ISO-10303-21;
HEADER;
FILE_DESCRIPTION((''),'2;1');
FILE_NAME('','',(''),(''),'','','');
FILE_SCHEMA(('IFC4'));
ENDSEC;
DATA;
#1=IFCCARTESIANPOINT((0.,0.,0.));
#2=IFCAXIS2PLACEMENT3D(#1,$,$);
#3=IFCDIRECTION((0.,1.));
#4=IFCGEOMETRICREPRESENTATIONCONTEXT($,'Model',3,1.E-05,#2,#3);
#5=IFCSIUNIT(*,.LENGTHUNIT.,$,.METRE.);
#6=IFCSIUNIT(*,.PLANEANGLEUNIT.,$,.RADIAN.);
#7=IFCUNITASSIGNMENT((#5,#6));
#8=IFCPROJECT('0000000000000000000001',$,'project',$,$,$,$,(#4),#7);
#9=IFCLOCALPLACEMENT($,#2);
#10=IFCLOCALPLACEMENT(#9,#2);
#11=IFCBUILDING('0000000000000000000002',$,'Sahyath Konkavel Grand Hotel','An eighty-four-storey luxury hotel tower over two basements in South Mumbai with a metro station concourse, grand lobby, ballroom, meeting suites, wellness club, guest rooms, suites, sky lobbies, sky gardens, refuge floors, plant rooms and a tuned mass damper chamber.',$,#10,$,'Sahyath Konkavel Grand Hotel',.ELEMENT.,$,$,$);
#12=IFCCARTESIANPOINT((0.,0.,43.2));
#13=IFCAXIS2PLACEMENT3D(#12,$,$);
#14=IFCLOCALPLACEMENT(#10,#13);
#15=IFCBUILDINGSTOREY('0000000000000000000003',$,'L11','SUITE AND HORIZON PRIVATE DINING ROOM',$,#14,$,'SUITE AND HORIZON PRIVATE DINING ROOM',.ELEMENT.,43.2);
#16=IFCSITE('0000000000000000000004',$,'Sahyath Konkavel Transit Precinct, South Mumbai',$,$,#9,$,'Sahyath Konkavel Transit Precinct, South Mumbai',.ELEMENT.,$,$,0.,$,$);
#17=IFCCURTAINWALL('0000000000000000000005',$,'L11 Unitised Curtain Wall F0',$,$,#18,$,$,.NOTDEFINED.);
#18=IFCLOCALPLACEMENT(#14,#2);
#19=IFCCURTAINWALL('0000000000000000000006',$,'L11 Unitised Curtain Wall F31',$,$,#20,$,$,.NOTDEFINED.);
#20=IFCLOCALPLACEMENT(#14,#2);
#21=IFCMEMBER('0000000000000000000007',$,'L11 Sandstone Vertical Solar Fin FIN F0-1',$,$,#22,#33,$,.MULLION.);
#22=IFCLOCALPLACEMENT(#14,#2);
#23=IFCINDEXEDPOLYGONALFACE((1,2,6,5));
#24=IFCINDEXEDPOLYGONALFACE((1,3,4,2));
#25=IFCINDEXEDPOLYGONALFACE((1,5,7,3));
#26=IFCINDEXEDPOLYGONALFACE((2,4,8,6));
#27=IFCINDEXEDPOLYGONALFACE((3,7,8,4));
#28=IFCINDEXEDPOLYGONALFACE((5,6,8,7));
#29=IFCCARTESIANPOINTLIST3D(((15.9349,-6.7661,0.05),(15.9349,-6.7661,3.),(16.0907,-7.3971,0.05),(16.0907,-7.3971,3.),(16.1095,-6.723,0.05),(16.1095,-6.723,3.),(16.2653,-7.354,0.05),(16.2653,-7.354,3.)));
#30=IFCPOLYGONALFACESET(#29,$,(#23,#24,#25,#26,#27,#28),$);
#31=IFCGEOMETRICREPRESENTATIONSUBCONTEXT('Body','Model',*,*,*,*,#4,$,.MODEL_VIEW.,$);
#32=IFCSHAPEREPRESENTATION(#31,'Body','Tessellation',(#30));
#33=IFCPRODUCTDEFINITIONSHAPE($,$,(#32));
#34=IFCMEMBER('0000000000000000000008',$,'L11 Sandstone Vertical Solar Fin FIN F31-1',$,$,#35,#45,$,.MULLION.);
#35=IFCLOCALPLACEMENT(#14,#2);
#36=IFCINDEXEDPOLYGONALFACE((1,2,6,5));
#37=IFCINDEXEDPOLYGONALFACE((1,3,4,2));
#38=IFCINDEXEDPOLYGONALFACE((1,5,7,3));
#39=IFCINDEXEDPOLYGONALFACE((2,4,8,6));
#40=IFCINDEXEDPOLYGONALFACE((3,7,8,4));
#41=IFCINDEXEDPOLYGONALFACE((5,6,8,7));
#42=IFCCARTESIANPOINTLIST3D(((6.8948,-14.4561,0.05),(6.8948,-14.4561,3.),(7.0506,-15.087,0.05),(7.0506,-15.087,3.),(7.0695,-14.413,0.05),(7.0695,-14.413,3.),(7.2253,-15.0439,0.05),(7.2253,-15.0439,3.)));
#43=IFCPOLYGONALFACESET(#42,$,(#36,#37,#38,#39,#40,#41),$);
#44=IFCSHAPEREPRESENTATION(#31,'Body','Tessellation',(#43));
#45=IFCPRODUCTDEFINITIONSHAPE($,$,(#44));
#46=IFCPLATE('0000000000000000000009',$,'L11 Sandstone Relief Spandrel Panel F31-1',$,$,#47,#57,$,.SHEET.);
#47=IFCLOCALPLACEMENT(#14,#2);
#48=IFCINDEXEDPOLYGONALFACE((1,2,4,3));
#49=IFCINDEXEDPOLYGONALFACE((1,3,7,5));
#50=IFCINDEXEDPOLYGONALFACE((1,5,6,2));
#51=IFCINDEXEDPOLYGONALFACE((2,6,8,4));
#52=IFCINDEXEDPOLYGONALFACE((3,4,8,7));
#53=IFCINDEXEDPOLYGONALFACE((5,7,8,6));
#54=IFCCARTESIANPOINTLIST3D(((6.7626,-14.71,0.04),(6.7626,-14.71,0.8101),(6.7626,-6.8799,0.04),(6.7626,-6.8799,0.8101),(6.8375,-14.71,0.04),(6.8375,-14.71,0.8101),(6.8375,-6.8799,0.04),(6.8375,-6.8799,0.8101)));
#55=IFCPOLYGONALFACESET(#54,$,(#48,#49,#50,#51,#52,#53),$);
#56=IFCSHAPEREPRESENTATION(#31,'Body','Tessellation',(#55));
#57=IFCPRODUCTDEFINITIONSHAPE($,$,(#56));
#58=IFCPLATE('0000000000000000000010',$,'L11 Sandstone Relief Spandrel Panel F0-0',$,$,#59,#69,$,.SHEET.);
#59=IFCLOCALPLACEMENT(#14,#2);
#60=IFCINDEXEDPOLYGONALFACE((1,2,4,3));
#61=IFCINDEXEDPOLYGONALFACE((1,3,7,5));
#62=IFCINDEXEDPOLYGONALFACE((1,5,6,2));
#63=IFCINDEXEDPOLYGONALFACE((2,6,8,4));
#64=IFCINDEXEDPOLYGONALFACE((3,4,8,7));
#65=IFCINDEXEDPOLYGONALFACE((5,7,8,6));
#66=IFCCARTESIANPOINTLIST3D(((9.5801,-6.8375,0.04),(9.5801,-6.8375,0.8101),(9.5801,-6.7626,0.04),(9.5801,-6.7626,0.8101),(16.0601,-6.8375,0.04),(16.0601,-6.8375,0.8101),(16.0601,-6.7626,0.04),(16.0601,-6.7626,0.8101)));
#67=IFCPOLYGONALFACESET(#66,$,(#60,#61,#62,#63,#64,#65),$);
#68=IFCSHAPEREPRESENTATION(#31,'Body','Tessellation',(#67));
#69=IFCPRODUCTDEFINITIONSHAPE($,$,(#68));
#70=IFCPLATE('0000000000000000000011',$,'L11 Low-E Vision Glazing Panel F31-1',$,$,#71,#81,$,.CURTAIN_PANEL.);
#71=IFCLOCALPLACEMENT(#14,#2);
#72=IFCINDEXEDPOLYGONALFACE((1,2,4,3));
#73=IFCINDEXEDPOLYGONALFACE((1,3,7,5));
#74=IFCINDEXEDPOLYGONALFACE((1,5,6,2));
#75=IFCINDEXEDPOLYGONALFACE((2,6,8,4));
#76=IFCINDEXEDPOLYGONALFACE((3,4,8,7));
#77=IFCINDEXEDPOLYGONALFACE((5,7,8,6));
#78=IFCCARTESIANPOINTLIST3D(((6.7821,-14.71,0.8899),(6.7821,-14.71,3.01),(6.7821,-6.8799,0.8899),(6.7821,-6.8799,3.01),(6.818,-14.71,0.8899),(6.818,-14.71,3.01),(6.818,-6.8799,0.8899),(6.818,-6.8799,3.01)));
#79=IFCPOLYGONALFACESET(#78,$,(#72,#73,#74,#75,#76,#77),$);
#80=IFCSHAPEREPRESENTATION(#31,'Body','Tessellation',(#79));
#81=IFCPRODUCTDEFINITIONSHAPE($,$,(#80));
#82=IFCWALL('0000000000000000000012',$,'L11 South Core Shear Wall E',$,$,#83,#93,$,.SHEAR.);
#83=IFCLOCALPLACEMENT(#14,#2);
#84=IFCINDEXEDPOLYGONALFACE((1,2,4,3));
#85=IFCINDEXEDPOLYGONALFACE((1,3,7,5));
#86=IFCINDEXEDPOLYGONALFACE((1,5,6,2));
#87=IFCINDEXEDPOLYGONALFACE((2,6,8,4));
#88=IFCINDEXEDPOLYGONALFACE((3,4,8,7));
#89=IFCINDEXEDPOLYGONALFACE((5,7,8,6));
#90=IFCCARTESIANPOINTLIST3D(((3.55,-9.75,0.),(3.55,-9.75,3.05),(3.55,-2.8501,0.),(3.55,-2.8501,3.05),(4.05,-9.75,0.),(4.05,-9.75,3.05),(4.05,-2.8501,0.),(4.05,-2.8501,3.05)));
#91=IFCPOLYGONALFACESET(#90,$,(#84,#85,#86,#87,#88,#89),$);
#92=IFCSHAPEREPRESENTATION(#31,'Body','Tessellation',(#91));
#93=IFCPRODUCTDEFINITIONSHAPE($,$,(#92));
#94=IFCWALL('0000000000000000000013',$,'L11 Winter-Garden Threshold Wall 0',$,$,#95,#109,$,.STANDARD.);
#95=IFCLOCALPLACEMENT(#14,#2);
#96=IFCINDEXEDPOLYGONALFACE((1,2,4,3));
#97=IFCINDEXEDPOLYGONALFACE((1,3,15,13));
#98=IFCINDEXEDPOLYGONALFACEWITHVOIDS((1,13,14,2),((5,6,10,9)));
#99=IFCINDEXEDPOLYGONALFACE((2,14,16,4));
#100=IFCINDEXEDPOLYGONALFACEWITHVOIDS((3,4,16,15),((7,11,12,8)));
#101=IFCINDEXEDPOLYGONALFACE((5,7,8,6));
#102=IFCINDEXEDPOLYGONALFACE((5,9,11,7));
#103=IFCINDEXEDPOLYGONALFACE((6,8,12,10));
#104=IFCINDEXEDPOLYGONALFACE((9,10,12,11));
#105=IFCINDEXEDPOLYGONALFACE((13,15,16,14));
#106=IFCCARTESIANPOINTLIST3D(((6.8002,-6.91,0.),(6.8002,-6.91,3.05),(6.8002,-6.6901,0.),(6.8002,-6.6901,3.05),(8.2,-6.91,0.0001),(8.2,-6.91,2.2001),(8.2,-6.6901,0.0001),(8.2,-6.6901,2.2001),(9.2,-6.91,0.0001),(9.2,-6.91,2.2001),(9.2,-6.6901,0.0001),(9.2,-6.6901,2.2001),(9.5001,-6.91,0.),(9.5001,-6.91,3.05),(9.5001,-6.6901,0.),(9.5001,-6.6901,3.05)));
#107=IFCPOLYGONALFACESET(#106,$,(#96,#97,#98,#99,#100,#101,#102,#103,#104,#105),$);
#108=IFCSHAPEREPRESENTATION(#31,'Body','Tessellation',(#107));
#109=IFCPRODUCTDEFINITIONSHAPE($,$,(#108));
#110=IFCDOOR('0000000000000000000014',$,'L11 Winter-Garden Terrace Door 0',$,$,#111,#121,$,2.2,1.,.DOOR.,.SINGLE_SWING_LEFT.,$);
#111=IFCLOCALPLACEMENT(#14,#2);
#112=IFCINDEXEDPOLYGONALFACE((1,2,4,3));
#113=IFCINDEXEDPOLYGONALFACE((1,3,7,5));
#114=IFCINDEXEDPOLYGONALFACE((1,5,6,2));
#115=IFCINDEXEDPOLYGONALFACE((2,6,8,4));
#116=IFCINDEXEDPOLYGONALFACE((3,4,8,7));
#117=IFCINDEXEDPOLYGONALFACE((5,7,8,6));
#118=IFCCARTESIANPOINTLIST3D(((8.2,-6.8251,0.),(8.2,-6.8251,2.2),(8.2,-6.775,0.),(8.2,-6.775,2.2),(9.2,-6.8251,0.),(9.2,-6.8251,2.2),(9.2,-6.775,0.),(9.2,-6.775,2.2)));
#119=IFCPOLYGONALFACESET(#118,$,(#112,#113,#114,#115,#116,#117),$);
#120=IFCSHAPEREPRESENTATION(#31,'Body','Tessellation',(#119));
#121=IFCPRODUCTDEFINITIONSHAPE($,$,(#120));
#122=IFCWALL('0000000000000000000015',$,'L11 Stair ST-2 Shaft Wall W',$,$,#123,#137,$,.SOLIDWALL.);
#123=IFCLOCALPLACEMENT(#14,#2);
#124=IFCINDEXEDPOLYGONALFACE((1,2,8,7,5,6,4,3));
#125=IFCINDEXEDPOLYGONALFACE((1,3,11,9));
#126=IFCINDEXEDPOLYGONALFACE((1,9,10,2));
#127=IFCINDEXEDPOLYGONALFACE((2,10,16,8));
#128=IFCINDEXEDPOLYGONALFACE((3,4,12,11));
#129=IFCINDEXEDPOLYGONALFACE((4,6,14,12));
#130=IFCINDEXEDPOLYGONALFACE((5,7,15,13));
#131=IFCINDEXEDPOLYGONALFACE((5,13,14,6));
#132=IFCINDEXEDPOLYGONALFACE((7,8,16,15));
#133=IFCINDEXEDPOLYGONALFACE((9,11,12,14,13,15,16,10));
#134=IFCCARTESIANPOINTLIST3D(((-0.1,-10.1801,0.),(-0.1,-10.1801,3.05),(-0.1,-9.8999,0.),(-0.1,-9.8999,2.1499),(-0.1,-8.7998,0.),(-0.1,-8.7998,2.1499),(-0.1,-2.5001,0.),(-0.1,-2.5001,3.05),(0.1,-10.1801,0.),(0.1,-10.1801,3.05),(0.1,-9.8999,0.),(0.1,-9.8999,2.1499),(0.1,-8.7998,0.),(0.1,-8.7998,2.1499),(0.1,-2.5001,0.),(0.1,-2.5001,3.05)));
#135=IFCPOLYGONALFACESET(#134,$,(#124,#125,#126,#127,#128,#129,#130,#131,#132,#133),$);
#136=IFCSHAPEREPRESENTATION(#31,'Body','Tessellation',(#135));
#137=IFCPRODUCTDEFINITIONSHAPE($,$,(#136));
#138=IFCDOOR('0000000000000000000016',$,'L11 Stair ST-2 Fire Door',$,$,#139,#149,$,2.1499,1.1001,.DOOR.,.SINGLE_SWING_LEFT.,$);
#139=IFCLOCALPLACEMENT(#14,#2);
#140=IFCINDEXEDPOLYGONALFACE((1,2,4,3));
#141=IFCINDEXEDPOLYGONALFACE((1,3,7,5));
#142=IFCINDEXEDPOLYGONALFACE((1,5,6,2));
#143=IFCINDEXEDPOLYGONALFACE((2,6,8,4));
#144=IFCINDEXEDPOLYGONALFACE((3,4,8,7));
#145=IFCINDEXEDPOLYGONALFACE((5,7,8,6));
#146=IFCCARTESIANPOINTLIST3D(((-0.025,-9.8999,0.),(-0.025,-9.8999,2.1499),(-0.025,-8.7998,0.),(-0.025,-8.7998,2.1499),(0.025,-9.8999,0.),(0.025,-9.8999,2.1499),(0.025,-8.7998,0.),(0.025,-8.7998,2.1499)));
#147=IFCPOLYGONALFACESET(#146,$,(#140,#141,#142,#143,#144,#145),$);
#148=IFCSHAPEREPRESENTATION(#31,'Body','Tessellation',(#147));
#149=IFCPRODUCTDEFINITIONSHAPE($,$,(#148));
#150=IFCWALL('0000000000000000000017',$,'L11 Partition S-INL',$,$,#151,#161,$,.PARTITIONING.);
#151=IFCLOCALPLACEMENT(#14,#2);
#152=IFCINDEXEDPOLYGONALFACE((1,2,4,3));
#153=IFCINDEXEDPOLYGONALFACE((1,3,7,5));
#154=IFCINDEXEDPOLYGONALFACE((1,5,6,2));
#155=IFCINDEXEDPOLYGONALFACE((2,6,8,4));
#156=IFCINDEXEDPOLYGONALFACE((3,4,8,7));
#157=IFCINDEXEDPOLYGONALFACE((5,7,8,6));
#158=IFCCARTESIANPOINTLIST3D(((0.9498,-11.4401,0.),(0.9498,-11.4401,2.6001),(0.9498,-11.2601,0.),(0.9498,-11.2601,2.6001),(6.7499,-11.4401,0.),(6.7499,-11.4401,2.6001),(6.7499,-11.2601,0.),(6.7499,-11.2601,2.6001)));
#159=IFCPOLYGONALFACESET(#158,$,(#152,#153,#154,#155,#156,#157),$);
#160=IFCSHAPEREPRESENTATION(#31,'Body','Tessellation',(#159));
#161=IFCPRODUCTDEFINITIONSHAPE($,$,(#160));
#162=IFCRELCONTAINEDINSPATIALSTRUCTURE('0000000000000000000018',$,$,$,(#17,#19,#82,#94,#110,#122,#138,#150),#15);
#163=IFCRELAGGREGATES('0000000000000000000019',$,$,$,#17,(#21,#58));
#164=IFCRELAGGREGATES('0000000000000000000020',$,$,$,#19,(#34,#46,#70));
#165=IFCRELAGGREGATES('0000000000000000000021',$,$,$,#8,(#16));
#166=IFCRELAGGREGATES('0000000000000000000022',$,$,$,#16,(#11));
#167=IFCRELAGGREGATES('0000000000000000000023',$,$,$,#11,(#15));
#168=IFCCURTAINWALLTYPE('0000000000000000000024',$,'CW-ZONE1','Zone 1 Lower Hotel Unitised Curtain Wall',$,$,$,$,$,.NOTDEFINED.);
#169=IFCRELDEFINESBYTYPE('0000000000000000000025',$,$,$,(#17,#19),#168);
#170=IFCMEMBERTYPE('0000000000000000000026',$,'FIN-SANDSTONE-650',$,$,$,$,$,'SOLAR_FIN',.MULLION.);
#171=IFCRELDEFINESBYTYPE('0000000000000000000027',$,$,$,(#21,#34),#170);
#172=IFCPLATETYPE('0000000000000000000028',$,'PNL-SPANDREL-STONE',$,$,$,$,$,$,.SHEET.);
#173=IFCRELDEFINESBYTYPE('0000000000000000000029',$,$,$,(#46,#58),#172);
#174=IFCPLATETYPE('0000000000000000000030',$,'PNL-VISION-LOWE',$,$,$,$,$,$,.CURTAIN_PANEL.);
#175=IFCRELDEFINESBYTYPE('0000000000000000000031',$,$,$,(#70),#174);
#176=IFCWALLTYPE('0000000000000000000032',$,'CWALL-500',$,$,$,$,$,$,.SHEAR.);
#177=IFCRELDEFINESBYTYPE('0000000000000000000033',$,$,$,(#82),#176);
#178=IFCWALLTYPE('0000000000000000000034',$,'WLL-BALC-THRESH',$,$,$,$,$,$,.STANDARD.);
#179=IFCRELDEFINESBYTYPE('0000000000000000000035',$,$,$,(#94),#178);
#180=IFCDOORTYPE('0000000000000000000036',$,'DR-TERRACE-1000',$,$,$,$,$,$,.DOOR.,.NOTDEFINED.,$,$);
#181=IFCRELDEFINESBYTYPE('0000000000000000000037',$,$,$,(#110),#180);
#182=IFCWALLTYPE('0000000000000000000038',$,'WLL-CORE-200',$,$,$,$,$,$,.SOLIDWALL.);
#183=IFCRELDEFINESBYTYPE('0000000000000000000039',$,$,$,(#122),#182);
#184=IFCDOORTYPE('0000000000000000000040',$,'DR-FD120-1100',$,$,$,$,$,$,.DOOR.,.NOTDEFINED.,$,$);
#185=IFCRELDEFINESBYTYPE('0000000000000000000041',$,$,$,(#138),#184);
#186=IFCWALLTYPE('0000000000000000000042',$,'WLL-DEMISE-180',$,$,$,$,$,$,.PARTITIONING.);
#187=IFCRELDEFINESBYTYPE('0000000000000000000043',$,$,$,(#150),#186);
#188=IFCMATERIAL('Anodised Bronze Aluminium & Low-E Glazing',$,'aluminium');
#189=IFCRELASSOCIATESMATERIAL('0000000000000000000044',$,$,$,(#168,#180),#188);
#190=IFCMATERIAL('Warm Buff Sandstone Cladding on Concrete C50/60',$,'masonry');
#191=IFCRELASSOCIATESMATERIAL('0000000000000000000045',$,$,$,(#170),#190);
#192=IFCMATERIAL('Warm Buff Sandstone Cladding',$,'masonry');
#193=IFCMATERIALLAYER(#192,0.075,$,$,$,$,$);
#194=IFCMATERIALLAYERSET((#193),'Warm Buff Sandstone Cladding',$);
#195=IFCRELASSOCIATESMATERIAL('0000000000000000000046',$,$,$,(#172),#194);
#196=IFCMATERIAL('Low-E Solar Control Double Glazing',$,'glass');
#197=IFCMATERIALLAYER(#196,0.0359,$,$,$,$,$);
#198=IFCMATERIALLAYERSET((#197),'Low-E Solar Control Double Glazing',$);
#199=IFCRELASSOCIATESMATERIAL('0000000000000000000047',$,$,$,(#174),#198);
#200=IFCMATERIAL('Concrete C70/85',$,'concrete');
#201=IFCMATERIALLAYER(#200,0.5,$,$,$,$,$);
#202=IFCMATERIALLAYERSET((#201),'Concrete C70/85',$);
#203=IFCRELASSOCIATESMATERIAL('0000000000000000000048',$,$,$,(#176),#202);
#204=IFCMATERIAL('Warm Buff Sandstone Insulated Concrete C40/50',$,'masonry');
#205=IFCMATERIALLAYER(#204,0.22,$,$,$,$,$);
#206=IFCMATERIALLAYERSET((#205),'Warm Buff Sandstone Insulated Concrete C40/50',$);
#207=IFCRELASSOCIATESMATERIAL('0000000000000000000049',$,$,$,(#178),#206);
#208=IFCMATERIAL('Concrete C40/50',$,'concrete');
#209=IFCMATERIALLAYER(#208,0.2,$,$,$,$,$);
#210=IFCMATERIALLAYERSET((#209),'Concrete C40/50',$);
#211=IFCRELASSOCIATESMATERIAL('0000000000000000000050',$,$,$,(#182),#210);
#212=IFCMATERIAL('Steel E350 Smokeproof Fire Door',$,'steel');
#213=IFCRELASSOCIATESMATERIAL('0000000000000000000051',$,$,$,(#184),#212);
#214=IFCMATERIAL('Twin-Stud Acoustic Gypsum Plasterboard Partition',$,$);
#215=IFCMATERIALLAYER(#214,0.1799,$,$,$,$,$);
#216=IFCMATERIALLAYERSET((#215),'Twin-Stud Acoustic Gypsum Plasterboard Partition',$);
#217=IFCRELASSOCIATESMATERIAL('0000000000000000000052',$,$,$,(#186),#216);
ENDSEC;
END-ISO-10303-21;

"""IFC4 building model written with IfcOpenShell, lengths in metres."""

from ifc_helpers import new_model, si_unit, direction, frame, frame_2d, origin, origin_2d, place, context, subcontext, project, spatial, rectangle, extrude, source, transform, mapped, material, layer, layer_set, material_profile, profile_set, type_object, element, fill, aggregate, save


model = new_model("IFC4")

# Units and contexts
model_context = context("Model", 3, precision=1e-05, world=origin(), true_north=direction((0.0, 1.0)))
body_context = subcontext(model_context, "Body", "Model", "MODEL_VIEW")
ifc_project = project(units=[si_unit("LENGTHUNIT", "METRE"), si_unit("PLANEANGLEUNIT", "RADIAN")], contexts=[model_context])

# Site, building, storey
site_placement = place(None, origin())
site = spatial("IfcSite", under=ifc_project, at=site_placement, Name="Sahyath Konkavel Transit Precinct, South Mumbai", LongName="Sahyath Konkavel Transit Precinct, South Mumbai", CompositionType="ELEMENT", RefElevation=0.0)
building_placement = place(site_placement, origin())
building = spatial("IfcBuilding", under=site, at=building_placement, Name="Sahyath Konkavel Grand Hotel", Description="An eighty-four-storey luxury hotel tower over two basements in South Mumbai with a metro station concourse, grand lobby, ballroom, meeting suites, wellness club, guest rooms, suites, sky lobbies, sky gardens, refuge floors, plant rooms and a tuned mass damper chamber.", LongName="Sahyath Konkavel Grand Hotel", CompositionType="ELEMENT")
storey_placement = place(building_placement, frame((0.0, 0.0, 43.2)))
storey = spatial("IfcBuildingStorey", under=building, at=storey_placement, Name="L11", Description="SUITE AND HORIZON PRIVATE DINING ROOM", LongName="SUITE AND HORIZON PRIVATE DINING ROOM", CompositionType="ELEMENT", Elevation=43.2)

# Shared definitions
ifc_material_1 = material(Name="Concrete C70/85", Category="concrete")

# Curtain wall
ifc_material_2 = material(Name="Anodised Bronze Aluminium & Low-E Glazing", Category="aluminium")
curtain_wall_type = type_object("IfcCurtainWallType", Name="CW-ZONE1", Description="Zone 1 Lower Hotel Unitised Curtain Wall", PredefinedType="NOTDEFINED", material=ifc_material_2)
curtain_wall_1_placement = place(storey_placement, origin())
curtain_wall_1 = element("IfcCurtainWall", 1, at=curtain_wall_1_placement, inside=storey, type_object=curtain_wall_type, Name="L11 Unitised Curtain Wall F0", PredefinedType="NOTDEFINED")

# Curtain wall
curtain_wall_2_placement = place(storey_placement, origin())
curtain_wall_2 = element("IfcCurtainWall", 2, at=curtain_wall_2_placement, inside=storey, type_object=curtain_wall_type, Name="L11 Unitised Curtain Wall F31", PredefinedType="NOTDEFINED")

# Members
ifc_material_3 = material(Name="Warm Buff Sandstone Cladding on Concrete C50/60", Category="masonry")
ifc_material_profile_1 = material_profile(ifc_material_3, rectangle(XDim=0.1799, YDim=0.6499, at=origin_2d()), Name="FIN 180x650")
ifc_profile_set_1 = profile_set([ifc_material_profile_1], Name="Warm Buff Sandstone Cladding on Concrete C50/60")
member_type_1 = type_object("IfcMemberType", Name="FIN-SANDSTONE-650", ElementType="SOLAR_FIN", PredefinedType="MULLION", material=ifc_profile_set_1)
shared_shape_1 = source(origin(), body_context, "Body", "SweptSolid", [
    extrude(rectangle(XDim=0.1799, YDim=0.6499, at=origin_2d()), origin(), (0.0, 0.0, 1.0), 2.95),
])
member_1_placement = place(storey_placement, frame((16.1001, -7.0601, 0.05), z_axis=(0.0, 0.0, 1.0), x_axis=(0.970842, 0.23972, 0.0)))
member_1 = element("IfcMember", 3, at=member_1_placement, type_object=member_type_1, Name="L11 Sandstone Vertical Solar Fin FIN F0-1", PredefinedType="MULLION", context=body_context, shape_type="MappedRepresentation", body=[
    mapped(shared_shape_1, transform((0.0, 0.0, 0.0), scale=1.0)),
])
member_2_placement = place(storey_placement, frame((7.0601, -14.75, 0.05), z_axis=(0.0, 0.0, 1.0), x_axis=(0.970842, 0.23972, 0.0)))
member_2 = element("IfcMember", 4, at=member_2_placement, type_object=member_type_1, Name="L11 Sandstone Vertical Solar Fin FIN F31-1", PredefinedType="MULLION", context=body_context, shape_type="MappedRepresentation", body=[
    mapped(shared_shape_1, transform((0.0, 0.0, 0.0), scale=1.0)),
])

# Plates
ifc_material_4 = material(Name="Warm Buff Sandstone Cladding", Category="masonry")
ifc_layer_1 = layer(ifc_material_4, 0.075)
ifc_layer_set_1 = layer_set([ifc_layer_1], Name="Warm Buff Sandstone Cladding")
plate_type_1 = type_object("IfcPlateType", Name="PNL-SPANDREL-STONE", PredefinedType="SHEET", material=ifc_layer_set_1)
shared_shape_2 = source(origin(), body_context, "Body", "SweptSolid", [
    extrude(rectangle(XDim=7.8301, YDim=0.075, at=origin_2d()), origin(), (0.0, 0.0, 1.0), 0.77),
])
plate_1_placement = place(storey_placement, frame((6.8, -10.7949, 0.04), z_axis=(0.0, 0.0, 1.0), x_axis=(0.0, 1.0, 0.0)))
plate_1 = element("IfcPlate", 5, at=plate_1_placement, type_object=plate_type_1, Name="L11 Sandstone Relief Spandrel Panel F31-1", PredefinedType="SHEET", context=body_context, shape_type="MappedRepresentation", body=[
    mapped(shared_shape_2, transform((0.0, 0.0, 0.0), scale=1.0)),
])
shared_shape_3 = source(origin(), body_context, "Body", "SweptSolid", [
    extrude(rectangle(XDim=6.48, YDim=0.075, at=origin_2d()), origin(), (0.0, 0.0, 1.0), 0.77),
])
plate_2_placement = place(storey_placement, frame((12.8201, -6.8, 0.04), z_axis=(0.0, 0.0, 1.0), x_axis=(1.0, 0.0, 0.0)))
plate_2 = element("IfcPlate", 6, at=plate_2_placement, type_object=plate_type_1, Name="L11 Sandstone Relief Spandrel Panel F0-0", PredefinedType="SHEET", context=body_context, shape_type="MappedRepresentation", body=[
    mapped(shared_shape_3, transform((0.0, 0.0, 0.0), scale=1.0)),
])
aggregate(curtain_wall_1, [member_1, plate_2])
ifc_material_5 = material(Name="Low-E Solar Control Double Glazing", Category="glass")
ifc_layer_2 = layer(ifc_material_5, 0.0359)
ifc_layer_set_2 = layer_set([ifc_layer_2], Name="Low-E Solar Control Double Glazing")
plate_type_2 = type_object("IfcPlateType", Name="PNL-VISION-LOWE", PredefinedType="CURTAIN_PANEL", material=ifc_layer_set_2)
shared_shape_4 = source(origin(), body_context, "Body", "SweptSolid", [
    extrude(rectangle(XDim=7.8301, YDim=0.0359, at=origin_2d()), origin(), (0.0, 0.0, 1.0), 2.1201),
])
plate_3_placement = place(storey_placement, frame((6.8, -10.7949, 0.8899), z_axis=(0.0, 0.0, 1.0), x_axis=(0.0, 1.0, 0.0)))
plate_3 = element("IfcPlate", 7, at=plate_3_placement, type_object=plate_type_2, Name="L11 Low-E Vision Glazing Panel F31-1", PredefinedType="CURTAIN_PANEL", context=body_context, shape_type="MappedRepresentation", body=[
    mapped(shared_shape_4, transform((0.0, 0.0, 0.0), scale=1.0)),
])
aggregate(curtain_wall_2, [member_2, plate_1, plate_3])

# Wall
ifc_layer_3 = layer(ifc_material_1, 0.5)
ifc_layer_set_3 = layer_set([ifc_layer_3], Name="Concrete C70/85")
wall_type_1 = type_object("IfcWallType", Name="CWALL-500", PredefinedType="SHEAR", material=ifc_layer_set_3)
wall_1_placement = place(storey_placement, frame((3.8, -9.75, 0.0), z_axis=(0.0, 0.0, 1.0), x_axis=(0.0, 1.0, 0.0)))
element("IfcWall", 8, at=wall_1_placement, inside=storey, type_object=wall_type_1, Name="L11 South Core Shear Wall E", PredefinedType="SHEAR", context=body_context, shape_type="SweptSolid", body=[
    extrude(rectangle(XDim=6.8999, YDim=0.5, at=frame_2d((3.45, 0.0))), origin(), (0.0, 0.0, 1.0), 3.05),
])

# Walls, openings, doors
ifc_material_6 = material(Name="Warm Buff Sandstone Insulated Concrete C40/50", Category="masonry")
ifc_layer_4 = layer(ifc_material_6, 0.22)
ifc_layer_set_4 = layer_set([ifc_layer_4], Name="Warm Buff Sandstone Insulated Concrete C40/50")
wall_type_2 = type_object("IfcWallType", Name="WLL-BALC-THRESH", PredefinedType="STANDARD", material=ifc_layer_set_4)
wall_2_placement = place(storey_placement, frame((6.8, -6.8, 0.0), z_axis=(0.0, 0.0, 1.0), x_axis=(1.0, 0.0, 0.0)))
wall_2 = element("IfcWall", 9, at=wall_2_placement, inside=storey, type_object=wall_type_2, Name="L11 Winter-Garden Threshold Wall 0", PredefinedType="STANDARD", context=body_context, shape_type="SweptSolid", body=[
    extrude(rectangle(XDim=2.7, YDim=0.22, at=frame_2d((1.3501, 0.0))), origin(), (0.0, 0.0, 1.0), 3.05),
])
opening_1_placement = place(wall_2_placement, frame((1.3999, 0.0, 0.0)))
opening_1 = element("IfcOpeningElement", 10, at=opening_1_placement, cuts=wall_2, PredefinedType="OPENING", context=body_context, shape_type="SweptSolid", body=[
    extrude(rectangle(XDim=1.0, YDim=2.2, at=frame_2d((0.5, 1.1001))), frame((0.0, 0.1201, 0.0), z_axis=(0.0, -1.0, 0.0), x_axis=(1.0, 0.0, 0.0)), (0.0, 0.0, 1.0), 0.24),
])
door_type_1 = type_object("IfcDoorType", Name="DR-TERRACE-1000", OperationType="NOTDEFINED", PredefinedType="DOOR", material=ifc_material_2)
shared_shape_5 = source(origin(), body_context, "Body", "SweptSolid", [
    extrude(rectangle(XDim=1.0, YDim=0.05, at=origin_2d()), origin(), (0.0, 0.0, 1.0), 2.2),
])
door_1_placement = place(opening_1_placement, frame((0.5, 0.0, 0.0)))
door_1 = element("IfcDoor", 11, at=door_1_placement, inside=storey, type_object=door_type_1, Name="L11 Winter-Garden Terrace Door 0", OperationType="SINGLE_SWING_LEFT", OverallHeight=2.2, OverallWidth=1.0, PredefinedType="DOOR", context=body_context, shape_type="MappedRepresentation", body=[
    mapped(shared_shape_5, transform((0.0, 0.0, 0.0), scale=1.0)),
])
fill(opening_1, door_1)
ifc_material_7 = material(Name="Concrete C40/50", Category="concrete")
ifc_layer_5 = layer(ifc_material_7, 0.2)
ifc_layer_set_5 = layer_set([ifc_layer_5], Name="Concrete C40/50")
wall_type_3 = type_object("IfcWallType", Name="WLL-CORE-200", PredefinedType="SOLIDWALL", material=ifc_layer_set_5)
wall_3_placement = place(storey_placement, frame((0.0, -10.1799, 0.0), z_axis=(0.0, 0.0, 1.0), x_axis=(0.0, 1.0, 0.0)))
wall_3 = element("IfcWall", 12, at=wall_3_placement, inside=storey, type_object=wall_type_3, Name="L11 Stair ST-2 Shaft Wall W", PredefinedType="SOLIDWALL", context=body_context, shape_type="SweptSolid", body=[
    extrude(rectangle(XDim=7.6799, YDim=0.2, at=frame_2d((3.8398, 0.0))), origin(), (0.0, 0.0, 1.0), 3.05),
])
opening_2_placement = place(wall_3_placement, frame((0.28, 0.0, 0.0)))
opening_2 = element("IfcOpeningElement", 13, at=opening_2_placement, cuts=wall_3, PredefinedType="OPENING", context=body_context, shape_type="SweptSolid", body=[
    extrude(rectangle(XDim=1.1001, YDim=2.1499, at=frame_2d((0.55, 1.075))), frame((0.0, 0.1099, 0.0), z_axis=(0.0, -1.0, 0.0), x_axis=(1.0, 0.0, 0.0)), (0.0, 0.0, 1.0), 0.22),
])
ifc_material_8 = material(Name="Steel E350 Smokeproof Fire Door", Category="steel")
door_type_2 = type_object("IfcDoorType", Name="DR-FD120-1100", OperationType="NOTDEFINED", PredefinedType="DOOR", material=ifc_material_8)
shared_shape_6 = source(origin(), body_context, "Body", "SweptSolid", [
    extrude(rectangle(XDim=1.1001, YDim=0.05, at=origin_2d()), origin(), (0.0, 0.0, 1.0), 2.1499),
])
door_2_placement = place(opening_2_placement, frame((0.55, 0.0, 0.0)))
door_2 = element("IfcDoor", 14, at=door_2_placement, inside=storey, type_object=door_type_2, Name="L11 Stair ST-2 Fire Door", OperationType="SINGLE_SWING_LEFT", OverallHeight=2.1499, OverallWidth=1.1001, PredefinedType="DOOR", context=body_context, shape_type="MappedRepresentation", body=[
    mapped(shared_shape_6, transform((0.0, 0.0, 0.0), scale=1.0)),
])
fill(opening_2, door_2)

# Wall
ifc_material_9 = material(Name="Twin-Stud Acoustic Gypsum Plasterboard Partition")
ifc_layer_6 = layer(ifc_material_9, 0.1799)
ifc_layer_set_6 = layer_set([ifc_layer_6], Name="Twin-Stud Acoustic Gypsum Plasterboard Partition")
wall_type_4 = type_object("IfcWallType", Name="WLL-DEMISE-180", PredefinedType="PARTITIONING", material=ifc_layer_set_6)
wall_4_placement = place(storey_placement, frame((0.95, -11.3501, 0.0), z_axis=(0.0, 0.0, 1.0), x_axis=(1.0, 0.0, 0.0)))
element("IfcWall", 15, at=wall_4_placement, inside=storey, type_object=wall_type_4, Name="L11 Partition S-INL", PredefinedType="PARTITIONING", context=body_context, shape_type="SweptSolid", body=[
    extrude(rectangle(XDim=5.8, YDim=0.1799, at=frame_2d((2.8999, 0.0))), origin(), (0.0, 0.0, 1.0), 2.6001),
])

save(model, "model.ifc")
